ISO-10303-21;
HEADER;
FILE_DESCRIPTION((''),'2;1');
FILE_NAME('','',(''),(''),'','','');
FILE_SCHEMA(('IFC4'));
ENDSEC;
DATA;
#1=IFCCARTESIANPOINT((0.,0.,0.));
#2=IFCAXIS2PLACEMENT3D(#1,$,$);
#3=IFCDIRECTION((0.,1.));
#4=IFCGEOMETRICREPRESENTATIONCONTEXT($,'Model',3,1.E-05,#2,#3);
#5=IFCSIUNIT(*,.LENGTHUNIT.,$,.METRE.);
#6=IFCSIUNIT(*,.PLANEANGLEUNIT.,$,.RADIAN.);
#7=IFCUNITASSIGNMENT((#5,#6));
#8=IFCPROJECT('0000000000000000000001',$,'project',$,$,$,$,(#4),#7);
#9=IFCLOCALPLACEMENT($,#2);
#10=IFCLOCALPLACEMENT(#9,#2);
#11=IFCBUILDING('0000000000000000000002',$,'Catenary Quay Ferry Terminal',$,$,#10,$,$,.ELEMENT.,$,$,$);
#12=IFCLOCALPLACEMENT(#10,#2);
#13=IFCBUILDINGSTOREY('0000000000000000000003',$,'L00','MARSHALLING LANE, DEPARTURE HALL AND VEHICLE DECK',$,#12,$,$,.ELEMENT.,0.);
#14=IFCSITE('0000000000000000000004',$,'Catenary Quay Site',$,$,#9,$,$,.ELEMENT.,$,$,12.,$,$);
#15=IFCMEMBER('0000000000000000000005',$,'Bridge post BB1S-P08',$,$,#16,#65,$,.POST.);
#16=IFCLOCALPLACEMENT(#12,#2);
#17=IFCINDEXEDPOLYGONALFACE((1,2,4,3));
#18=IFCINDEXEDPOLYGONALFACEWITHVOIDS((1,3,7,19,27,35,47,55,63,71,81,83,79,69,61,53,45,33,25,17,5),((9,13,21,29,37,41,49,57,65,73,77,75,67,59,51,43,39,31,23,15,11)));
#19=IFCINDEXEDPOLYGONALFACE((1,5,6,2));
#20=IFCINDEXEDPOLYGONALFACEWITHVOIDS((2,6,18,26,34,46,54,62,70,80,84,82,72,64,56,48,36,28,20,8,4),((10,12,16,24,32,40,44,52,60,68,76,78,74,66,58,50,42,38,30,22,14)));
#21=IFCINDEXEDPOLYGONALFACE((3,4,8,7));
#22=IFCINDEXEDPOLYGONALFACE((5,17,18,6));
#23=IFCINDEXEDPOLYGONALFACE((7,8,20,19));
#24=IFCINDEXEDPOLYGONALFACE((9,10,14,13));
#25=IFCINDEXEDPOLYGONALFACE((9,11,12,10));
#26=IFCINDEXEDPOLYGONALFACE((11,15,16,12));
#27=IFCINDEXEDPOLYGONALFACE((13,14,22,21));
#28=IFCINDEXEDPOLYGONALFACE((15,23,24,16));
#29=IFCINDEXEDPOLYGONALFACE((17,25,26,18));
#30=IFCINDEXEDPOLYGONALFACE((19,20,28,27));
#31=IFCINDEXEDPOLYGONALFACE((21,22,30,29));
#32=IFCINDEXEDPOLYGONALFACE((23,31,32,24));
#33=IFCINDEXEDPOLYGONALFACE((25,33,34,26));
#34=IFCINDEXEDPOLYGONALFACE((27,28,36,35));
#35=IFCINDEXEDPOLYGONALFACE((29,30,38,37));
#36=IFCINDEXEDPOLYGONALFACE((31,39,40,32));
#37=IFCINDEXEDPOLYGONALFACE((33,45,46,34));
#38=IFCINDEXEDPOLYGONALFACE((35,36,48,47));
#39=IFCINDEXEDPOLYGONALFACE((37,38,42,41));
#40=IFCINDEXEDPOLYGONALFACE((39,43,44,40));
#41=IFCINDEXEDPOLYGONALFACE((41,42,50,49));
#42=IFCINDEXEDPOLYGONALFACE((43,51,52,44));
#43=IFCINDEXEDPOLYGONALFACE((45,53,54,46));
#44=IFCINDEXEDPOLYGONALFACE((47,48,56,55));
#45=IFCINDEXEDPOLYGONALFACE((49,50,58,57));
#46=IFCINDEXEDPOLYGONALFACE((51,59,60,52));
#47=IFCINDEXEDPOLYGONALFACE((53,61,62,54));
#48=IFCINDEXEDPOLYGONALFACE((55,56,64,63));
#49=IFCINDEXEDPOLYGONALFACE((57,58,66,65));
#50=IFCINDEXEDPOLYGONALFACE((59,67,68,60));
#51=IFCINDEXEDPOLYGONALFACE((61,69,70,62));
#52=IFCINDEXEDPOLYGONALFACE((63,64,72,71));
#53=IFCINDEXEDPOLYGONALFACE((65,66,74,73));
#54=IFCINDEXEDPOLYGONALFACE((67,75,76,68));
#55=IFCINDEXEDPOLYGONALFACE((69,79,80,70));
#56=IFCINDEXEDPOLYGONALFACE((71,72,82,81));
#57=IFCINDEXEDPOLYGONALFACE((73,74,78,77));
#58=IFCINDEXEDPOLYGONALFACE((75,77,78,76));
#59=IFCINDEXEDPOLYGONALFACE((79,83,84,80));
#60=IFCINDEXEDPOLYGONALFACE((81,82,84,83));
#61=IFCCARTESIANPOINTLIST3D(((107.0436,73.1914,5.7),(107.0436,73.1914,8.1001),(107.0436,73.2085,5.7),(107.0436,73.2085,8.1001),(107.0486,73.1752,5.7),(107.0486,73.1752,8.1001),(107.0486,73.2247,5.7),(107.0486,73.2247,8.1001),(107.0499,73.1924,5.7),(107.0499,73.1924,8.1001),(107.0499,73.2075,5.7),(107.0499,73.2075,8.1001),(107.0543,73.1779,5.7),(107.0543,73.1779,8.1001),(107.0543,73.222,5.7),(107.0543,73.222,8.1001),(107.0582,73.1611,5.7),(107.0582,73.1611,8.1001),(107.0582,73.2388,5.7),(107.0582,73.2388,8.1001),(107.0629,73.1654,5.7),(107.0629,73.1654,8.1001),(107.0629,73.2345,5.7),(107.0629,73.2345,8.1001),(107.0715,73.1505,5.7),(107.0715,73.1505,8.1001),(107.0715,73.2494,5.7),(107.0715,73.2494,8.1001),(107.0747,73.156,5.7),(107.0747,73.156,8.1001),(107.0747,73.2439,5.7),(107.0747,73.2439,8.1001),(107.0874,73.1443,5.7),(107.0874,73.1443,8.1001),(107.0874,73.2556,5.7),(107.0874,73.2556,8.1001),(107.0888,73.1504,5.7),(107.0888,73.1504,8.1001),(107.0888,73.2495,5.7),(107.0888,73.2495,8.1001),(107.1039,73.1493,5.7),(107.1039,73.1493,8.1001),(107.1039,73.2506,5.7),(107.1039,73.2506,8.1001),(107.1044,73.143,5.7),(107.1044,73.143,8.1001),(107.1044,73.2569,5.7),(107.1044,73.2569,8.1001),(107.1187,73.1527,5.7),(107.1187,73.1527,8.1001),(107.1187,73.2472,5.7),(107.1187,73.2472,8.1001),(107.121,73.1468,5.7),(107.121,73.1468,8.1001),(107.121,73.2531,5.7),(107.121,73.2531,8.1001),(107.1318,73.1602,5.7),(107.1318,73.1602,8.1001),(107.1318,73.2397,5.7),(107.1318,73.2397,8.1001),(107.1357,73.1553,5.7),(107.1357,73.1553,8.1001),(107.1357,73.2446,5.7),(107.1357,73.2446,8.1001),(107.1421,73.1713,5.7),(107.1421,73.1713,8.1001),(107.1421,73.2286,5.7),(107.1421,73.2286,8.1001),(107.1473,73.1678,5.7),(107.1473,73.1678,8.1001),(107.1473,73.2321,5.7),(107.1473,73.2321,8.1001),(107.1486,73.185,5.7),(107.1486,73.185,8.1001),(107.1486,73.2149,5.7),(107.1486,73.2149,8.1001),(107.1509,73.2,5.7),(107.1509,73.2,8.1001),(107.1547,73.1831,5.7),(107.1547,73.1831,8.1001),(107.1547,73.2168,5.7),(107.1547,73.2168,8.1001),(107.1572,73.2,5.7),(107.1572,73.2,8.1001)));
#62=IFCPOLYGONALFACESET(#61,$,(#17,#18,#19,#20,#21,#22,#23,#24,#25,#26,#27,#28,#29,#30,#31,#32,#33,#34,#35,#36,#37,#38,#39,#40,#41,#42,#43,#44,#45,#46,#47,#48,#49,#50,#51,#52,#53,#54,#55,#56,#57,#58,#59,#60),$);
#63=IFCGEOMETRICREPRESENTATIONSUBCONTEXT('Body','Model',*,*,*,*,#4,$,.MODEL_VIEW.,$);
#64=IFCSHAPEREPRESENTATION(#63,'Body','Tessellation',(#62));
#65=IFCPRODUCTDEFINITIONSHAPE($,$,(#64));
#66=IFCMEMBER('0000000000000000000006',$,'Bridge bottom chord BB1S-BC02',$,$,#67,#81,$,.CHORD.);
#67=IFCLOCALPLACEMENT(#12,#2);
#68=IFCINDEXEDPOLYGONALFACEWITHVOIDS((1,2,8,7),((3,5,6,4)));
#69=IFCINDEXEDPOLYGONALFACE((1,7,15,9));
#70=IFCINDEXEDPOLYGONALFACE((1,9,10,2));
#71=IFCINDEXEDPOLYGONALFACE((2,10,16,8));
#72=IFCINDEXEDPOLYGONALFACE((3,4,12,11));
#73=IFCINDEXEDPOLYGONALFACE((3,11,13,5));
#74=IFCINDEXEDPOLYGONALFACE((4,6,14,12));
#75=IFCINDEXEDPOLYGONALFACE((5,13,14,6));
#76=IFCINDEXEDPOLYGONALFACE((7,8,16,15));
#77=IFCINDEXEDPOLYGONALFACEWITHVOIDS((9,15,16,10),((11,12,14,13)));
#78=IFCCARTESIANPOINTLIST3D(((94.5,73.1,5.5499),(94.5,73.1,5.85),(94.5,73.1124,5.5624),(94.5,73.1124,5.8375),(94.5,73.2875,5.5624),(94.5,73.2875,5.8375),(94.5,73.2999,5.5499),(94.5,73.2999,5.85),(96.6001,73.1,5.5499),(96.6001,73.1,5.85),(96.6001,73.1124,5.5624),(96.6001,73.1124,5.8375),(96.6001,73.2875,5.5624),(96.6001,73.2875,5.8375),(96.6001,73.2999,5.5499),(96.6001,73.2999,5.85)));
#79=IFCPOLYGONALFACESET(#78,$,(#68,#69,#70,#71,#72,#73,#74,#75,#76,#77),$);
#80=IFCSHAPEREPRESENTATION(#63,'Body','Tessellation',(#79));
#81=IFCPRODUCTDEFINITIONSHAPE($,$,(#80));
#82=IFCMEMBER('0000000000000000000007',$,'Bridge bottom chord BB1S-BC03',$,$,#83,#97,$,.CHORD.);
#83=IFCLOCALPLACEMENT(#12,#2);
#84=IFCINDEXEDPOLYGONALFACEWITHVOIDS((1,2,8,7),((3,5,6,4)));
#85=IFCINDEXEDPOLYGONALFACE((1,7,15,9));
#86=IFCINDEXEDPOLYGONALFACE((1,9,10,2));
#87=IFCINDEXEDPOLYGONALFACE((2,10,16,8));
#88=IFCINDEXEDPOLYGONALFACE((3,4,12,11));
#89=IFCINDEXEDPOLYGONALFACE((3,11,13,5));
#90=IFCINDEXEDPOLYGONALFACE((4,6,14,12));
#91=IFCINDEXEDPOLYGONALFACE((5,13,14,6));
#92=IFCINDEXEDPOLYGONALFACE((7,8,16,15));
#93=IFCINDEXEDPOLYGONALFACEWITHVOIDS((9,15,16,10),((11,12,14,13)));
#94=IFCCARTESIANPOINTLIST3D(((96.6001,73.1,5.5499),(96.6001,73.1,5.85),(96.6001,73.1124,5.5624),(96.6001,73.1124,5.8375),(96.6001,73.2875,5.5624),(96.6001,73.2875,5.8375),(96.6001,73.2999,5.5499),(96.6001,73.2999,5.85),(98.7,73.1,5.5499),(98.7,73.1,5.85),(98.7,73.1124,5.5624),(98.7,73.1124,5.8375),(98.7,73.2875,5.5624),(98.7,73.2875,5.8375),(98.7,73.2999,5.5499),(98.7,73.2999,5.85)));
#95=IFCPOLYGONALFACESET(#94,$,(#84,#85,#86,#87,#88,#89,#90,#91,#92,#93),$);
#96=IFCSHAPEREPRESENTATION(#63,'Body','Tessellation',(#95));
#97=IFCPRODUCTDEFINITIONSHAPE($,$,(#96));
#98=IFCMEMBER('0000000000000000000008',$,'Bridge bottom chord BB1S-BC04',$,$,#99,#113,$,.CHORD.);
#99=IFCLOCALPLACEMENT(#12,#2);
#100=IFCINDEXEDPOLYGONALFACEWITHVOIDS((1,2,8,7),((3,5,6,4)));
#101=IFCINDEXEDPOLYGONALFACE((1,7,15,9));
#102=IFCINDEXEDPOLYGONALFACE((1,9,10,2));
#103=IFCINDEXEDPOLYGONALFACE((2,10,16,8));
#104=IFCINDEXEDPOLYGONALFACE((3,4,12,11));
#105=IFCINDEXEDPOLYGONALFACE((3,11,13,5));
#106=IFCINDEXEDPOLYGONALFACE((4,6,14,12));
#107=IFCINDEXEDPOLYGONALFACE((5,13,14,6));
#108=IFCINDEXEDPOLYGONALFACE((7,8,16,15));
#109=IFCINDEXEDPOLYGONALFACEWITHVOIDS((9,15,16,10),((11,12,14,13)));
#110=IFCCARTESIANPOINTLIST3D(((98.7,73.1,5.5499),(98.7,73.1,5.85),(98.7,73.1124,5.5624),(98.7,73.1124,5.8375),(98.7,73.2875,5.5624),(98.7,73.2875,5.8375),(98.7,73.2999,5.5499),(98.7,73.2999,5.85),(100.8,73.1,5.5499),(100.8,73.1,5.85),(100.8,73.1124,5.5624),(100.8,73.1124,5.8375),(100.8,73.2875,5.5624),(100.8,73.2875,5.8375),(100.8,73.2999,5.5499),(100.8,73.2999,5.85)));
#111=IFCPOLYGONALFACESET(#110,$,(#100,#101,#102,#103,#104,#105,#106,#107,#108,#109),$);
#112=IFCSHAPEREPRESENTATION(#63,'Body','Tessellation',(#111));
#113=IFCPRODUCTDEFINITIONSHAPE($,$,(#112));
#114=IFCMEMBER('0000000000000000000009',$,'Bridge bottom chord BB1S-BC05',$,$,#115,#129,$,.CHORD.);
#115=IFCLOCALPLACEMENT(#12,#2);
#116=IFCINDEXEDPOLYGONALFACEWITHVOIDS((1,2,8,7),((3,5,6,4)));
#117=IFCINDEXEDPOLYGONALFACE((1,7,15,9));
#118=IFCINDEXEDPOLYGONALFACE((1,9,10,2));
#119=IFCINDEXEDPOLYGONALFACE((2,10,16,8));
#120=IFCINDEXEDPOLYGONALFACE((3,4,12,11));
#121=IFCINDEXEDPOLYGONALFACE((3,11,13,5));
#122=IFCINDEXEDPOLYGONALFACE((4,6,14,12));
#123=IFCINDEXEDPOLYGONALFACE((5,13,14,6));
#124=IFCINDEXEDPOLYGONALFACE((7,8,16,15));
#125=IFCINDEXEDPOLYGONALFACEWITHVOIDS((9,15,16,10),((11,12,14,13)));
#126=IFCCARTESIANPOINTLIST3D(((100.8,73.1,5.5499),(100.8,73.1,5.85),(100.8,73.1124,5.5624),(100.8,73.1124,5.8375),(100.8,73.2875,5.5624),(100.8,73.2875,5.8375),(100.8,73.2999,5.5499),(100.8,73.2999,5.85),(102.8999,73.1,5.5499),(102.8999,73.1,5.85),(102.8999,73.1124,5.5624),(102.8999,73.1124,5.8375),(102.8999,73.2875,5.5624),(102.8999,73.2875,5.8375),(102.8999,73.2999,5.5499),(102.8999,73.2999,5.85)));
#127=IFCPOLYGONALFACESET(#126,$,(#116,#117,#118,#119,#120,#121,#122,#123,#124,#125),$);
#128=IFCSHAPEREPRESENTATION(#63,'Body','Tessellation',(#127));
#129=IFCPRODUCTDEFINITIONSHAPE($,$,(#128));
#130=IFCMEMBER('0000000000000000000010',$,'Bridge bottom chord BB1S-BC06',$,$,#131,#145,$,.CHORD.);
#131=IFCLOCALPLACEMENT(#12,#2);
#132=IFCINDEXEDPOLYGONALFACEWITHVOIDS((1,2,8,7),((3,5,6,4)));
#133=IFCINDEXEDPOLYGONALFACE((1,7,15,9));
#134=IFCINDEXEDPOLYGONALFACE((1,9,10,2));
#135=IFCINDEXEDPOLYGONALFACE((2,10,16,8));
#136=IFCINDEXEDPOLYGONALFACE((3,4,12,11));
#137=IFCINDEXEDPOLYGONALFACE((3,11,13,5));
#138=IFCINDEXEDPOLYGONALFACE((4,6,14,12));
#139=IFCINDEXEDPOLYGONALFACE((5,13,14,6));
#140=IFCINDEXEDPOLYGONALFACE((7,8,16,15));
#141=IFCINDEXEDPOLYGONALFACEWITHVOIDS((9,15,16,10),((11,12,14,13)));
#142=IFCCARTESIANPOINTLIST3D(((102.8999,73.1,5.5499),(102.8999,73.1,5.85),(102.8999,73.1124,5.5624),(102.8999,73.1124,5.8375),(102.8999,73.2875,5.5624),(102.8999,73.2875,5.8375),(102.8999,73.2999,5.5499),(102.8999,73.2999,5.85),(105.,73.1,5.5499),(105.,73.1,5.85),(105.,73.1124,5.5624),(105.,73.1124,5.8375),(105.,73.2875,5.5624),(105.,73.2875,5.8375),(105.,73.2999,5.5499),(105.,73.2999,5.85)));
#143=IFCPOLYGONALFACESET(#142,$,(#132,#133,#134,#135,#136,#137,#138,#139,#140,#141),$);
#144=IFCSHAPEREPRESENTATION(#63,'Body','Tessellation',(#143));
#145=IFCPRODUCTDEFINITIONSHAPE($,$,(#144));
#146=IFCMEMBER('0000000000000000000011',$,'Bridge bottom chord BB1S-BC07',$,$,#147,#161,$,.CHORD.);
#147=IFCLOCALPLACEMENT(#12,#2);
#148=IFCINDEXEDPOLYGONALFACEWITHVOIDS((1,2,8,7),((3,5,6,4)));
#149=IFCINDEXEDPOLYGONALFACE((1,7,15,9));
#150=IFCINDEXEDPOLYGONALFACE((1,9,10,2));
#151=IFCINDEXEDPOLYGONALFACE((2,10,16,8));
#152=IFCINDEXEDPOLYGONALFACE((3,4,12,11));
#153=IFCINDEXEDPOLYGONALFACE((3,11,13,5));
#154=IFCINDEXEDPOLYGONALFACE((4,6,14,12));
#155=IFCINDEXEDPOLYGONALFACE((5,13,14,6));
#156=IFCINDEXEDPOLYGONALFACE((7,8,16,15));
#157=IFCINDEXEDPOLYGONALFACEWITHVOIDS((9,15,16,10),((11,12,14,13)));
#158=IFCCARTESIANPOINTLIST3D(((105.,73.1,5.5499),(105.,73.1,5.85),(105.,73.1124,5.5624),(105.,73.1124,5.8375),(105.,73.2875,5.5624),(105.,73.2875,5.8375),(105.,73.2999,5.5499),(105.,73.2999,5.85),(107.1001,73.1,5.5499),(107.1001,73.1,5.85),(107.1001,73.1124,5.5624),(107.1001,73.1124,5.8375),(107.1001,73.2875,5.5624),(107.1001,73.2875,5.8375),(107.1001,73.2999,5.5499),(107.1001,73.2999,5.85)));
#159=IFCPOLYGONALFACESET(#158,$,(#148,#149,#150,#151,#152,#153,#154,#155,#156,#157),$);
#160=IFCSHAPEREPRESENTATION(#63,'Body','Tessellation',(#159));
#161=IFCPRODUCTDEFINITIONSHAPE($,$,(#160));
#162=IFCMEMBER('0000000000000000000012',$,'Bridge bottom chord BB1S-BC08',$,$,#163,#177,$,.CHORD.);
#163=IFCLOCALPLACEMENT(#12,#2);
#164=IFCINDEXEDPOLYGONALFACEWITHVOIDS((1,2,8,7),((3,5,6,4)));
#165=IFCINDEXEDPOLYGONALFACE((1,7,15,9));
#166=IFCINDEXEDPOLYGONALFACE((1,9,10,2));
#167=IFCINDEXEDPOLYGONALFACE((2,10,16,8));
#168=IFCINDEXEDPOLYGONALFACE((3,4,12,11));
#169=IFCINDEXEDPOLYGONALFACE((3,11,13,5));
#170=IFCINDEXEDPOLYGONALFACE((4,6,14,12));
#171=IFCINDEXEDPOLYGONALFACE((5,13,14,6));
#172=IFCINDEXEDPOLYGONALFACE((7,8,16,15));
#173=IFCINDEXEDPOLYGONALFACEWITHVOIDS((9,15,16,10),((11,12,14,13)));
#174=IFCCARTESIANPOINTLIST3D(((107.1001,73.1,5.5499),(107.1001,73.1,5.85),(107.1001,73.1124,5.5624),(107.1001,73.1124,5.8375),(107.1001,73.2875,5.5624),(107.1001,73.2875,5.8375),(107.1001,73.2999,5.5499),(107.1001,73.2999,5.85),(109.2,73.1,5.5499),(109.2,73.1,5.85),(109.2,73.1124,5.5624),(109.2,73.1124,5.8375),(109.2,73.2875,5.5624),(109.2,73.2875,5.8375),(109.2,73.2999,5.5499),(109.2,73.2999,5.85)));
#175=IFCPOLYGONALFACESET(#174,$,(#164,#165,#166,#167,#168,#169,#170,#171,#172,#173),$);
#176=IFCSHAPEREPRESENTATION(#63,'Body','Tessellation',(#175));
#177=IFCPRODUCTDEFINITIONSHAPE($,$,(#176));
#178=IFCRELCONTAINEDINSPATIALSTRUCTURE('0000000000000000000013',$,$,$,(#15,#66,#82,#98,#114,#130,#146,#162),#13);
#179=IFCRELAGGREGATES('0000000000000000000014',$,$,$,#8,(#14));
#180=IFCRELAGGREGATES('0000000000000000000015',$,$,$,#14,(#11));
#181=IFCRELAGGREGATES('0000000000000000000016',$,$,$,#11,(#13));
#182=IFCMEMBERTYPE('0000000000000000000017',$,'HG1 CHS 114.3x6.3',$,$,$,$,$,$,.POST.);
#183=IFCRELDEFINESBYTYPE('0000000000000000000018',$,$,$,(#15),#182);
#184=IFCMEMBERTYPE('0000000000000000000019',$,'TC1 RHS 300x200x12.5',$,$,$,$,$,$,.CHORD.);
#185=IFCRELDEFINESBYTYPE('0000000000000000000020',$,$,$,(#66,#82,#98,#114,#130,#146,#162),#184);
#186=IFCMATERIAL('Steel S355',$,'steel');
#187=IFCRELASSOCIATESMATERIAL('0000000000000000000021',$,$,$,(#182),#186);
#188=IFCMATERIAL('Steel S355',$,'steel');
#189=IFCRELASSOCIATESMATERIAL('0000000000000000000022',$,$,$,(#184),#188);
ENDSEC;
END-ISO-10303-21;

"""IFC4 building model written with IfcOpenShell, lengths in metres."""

from ifc_helpers import new_model, si_unit, direction, frame, origin, origin_2d, place, context, subcontext, project, spatial, hollow_rectangle, hollow_circle, extrude, material, material_profile, profile_set, type_object, element, save


model = new_model("IFC4")

# Units and contexts
model_context = context("Model", 3, precision=1e-05, world=origin(), true_north=direction((0.0, 1.0)))
body_context = subcontext(model_context, "Body", "Model", "MODEL_VIEW")
ifc_project = project(units=[si_unit("LENGTHUNIT", "METRE"), si_unit("PLANEANGLEUNIT", "RADIAN")], contexts=[model_context])

# Site, building, storey
site_placement = place(None, origin())
site = spatial("IfcSite", under=ifc_project, at=site_placement, Name="Catenary Quay Site", CompositionType="ELEMENT", RefElevation=12.0)
building_placement = place(site_placement, origin())
building = spatial("IfcBuilding", under=site, at=building_placement, Name="Catenary Quay Ferry Terminal", CompositionType="ELEMENT")
storey_placement = place(building_placement, origin())
storey = spatial("IfcBuildingStorey", under=building, at=storey_placement, Name="L00", Description="MARSHALLING LANE, DEPARTURE HALL AND VEHICLE DECK", CompositionType="ELEMENT", Elevation=0.0)

# Members
ifc_material_1 = material(Name="Steel S355", Category="steel")
ifc_material_profile_1 = material_profile(ifc_material_1, hollow_circle(Radius=0.0571, WallThickness=0.0063, at=origin_2d()), Name="CHS 114.3x6.3")
ifc_profile_set_1 = profile_set([ifc_material_profile_1], Name="Steel S355")
member_type_1 = type_object("IfcMemberType", Name="HG1 CHS 114.3x6.3", PredefinedType="POST", material=ifc_profile_set_1)
for number, where, z_axis, x_axis, name in (
    (1, (107.1001, 73.2, 5.7), (0.0, 0.0, 1.0), (1.0, 0.0, 0.0), "Bridge post BB1S-P08"),
):
    element("IfcMember", number, at=place(storey_placement, frame(where, z_axis=z_axis, x_axis=x_axis)), inside=storey, type_object=member_type_1, Name=name, PredefinedType="POST", context=body_context, shape_type="SweptSolid", body=[
        extrude(hollow_circle(Radius=0.0571, WallThickness=0.0063, at=origin_2d()), origin(), (0.0, 0.0, 1.0), 2.4001),
    ])
ifc_material_2 = material(Name="Steel S355", Category="steel")
ifc_material_profile_2 = material_profile(ifc_material_2, hollow_rectangle(XDim=0.2, YDim=0.3, WallThickness=0.0125, at=origin_2d()), Name="RHS 300x200x12.5")
ifc_profile_set_2 = profile_set([ifc_material_profile_2], Name="Steel S355")
member_type_2 = type_object("IfcMemberType", Name="TC1 RHS 300x200x12.5", PredefinedType="CHORD", material=ifc_profile_set_2)
member_1_placement = place(storey_placement, frame((94.5, 73.2, 5.7), z_axis=(1.0, 0.0, 0.0), x_axis=(0.0, 1.0, 0.0)))
element("IfcMember", 2, at=member_1_placement, inside=storey, type_object=member_type_2, Name="Bridge bottom chord BB1S-BC02", PredefinedType="CHORD", context=body_context, shape_type="SweptSolid", body=[
    extrude(hollow_rectangle(XDim=0.2, YDim=0.3, WallThickness=0.0125, at=origin_2d()), origin(), (0.0, 0.0, 1.0), 2.1001),
])
member_2_placement = place(storey_placement, frame((96.6001, 73.2, 5.7), z_axis=(1.0, 0.0, 0.0), x_axis=(0.0, 1.0, 0.0)))
element("IfcMember", 3, at=member_2_placement, inside=storey, type_object=member_type_2, Name="Bridge bottom chord BB1S-BC03", PredefinedType="CHORD", context=body_context, shape_type="SweptSolid", body=[
    extrude(hollow_rectangle(XDim=0.2, YDim=0.3, WallThickness=0.0125, at=origin_2d()), origin(), (0.0, 0.0, 1.0), 2.0999),
])
member_3_placement = place(storey_placement, frame((98.7, 73.2, 5.7), z_axis=(1.0, 0.0, 0.0), x_axis=(0.0, 1.0, 0.0)))
element("IfcMember", 4, at=member_3_placement, inside=storey, type_object=member_type_2, Name="Bridge bottom chord BB1S-BC04", PredefinedType="CHORD", context=body_context, shape_type="SweptSolid", body=[
    extrude(hollow_rectangle(XDim=0.2, YDim=0.3, WallThickness=0.0125, at=origin_2d()), origin(), (0.0, 0.0, 1.0), 2.1001),
])
member_4_placement = place(storey_placement, frame((100.8, 73.2, 5.7), z_axis=(1.0, 0.0, 0.0), x_axis=(0.0, 1.0, 0.0)))
element("IfcMember", 5, at=member_4_placement, inside=storey, type_object=member_type_2, Name="Bridge bottom chord BB1S-BC05", PredefinedType="CHORD", context=body_context, shape_type="SweptSolid", body=[
    extrude(hollow_rectangle(XDim=0.2, YDim=0.3, WallThickness=0.0125, at=origin_2d()), origin(), (0.0, 0.0, 1.0), 2.0999),
])
for number, where, z_axis, x_axis, name in (
    (6, (102.8999, 73.2, 5.7), (1.0, 0.0, 0.0), (0.0, 1.0, 0.0), "Bridge bottom chord BB1S-BC06"),
    (7, (105.0, 73.2, 5.7), (1.0, 0.0, 0.0), (0.0, 1.0, 0.0), "Bridge bottom chord BB1S-BC07"),
):
    element("IfcMember", number, at=place(storey_placement, frame(where, z_axis=z_axis, x_axis=x_axis)), inside=storey, type_object=member_type_2, Name=name, PredefinedType="CHORD", context=body_context, shape_type="SweptSolid", body=[
        extrude(hollow_rectangle(XDim=0.2, YDim=0.3, WallThickness=0.0125, at=origin_2d()), origin(), (0.0, 0.0, 1.0), 2.1001),
    ])
member_5_placement = place(storey_placement, frame((107.1001, 73.2, 5.7), z_axis=(1.0, 0.0, 0.0), x_axis=(0.0, 1.0, 0.0)))
element("IfcMember", 8, at=member_5_placement, inside=storey, type_object=member_type_2, Name="Bridge bottom chord BB1S-BC08", PredefinedType="CHORD", context=body_context, shape_type="SweptSolid", body=[
    extrude(hollow_rectangle(XDim=0.2, YDim=0.3, WallThickness=0.0125, at=origin_2d()), origin(), (0.0, 0.0, 1.0), 2.0999),
])

save(model, "model.ifc")
